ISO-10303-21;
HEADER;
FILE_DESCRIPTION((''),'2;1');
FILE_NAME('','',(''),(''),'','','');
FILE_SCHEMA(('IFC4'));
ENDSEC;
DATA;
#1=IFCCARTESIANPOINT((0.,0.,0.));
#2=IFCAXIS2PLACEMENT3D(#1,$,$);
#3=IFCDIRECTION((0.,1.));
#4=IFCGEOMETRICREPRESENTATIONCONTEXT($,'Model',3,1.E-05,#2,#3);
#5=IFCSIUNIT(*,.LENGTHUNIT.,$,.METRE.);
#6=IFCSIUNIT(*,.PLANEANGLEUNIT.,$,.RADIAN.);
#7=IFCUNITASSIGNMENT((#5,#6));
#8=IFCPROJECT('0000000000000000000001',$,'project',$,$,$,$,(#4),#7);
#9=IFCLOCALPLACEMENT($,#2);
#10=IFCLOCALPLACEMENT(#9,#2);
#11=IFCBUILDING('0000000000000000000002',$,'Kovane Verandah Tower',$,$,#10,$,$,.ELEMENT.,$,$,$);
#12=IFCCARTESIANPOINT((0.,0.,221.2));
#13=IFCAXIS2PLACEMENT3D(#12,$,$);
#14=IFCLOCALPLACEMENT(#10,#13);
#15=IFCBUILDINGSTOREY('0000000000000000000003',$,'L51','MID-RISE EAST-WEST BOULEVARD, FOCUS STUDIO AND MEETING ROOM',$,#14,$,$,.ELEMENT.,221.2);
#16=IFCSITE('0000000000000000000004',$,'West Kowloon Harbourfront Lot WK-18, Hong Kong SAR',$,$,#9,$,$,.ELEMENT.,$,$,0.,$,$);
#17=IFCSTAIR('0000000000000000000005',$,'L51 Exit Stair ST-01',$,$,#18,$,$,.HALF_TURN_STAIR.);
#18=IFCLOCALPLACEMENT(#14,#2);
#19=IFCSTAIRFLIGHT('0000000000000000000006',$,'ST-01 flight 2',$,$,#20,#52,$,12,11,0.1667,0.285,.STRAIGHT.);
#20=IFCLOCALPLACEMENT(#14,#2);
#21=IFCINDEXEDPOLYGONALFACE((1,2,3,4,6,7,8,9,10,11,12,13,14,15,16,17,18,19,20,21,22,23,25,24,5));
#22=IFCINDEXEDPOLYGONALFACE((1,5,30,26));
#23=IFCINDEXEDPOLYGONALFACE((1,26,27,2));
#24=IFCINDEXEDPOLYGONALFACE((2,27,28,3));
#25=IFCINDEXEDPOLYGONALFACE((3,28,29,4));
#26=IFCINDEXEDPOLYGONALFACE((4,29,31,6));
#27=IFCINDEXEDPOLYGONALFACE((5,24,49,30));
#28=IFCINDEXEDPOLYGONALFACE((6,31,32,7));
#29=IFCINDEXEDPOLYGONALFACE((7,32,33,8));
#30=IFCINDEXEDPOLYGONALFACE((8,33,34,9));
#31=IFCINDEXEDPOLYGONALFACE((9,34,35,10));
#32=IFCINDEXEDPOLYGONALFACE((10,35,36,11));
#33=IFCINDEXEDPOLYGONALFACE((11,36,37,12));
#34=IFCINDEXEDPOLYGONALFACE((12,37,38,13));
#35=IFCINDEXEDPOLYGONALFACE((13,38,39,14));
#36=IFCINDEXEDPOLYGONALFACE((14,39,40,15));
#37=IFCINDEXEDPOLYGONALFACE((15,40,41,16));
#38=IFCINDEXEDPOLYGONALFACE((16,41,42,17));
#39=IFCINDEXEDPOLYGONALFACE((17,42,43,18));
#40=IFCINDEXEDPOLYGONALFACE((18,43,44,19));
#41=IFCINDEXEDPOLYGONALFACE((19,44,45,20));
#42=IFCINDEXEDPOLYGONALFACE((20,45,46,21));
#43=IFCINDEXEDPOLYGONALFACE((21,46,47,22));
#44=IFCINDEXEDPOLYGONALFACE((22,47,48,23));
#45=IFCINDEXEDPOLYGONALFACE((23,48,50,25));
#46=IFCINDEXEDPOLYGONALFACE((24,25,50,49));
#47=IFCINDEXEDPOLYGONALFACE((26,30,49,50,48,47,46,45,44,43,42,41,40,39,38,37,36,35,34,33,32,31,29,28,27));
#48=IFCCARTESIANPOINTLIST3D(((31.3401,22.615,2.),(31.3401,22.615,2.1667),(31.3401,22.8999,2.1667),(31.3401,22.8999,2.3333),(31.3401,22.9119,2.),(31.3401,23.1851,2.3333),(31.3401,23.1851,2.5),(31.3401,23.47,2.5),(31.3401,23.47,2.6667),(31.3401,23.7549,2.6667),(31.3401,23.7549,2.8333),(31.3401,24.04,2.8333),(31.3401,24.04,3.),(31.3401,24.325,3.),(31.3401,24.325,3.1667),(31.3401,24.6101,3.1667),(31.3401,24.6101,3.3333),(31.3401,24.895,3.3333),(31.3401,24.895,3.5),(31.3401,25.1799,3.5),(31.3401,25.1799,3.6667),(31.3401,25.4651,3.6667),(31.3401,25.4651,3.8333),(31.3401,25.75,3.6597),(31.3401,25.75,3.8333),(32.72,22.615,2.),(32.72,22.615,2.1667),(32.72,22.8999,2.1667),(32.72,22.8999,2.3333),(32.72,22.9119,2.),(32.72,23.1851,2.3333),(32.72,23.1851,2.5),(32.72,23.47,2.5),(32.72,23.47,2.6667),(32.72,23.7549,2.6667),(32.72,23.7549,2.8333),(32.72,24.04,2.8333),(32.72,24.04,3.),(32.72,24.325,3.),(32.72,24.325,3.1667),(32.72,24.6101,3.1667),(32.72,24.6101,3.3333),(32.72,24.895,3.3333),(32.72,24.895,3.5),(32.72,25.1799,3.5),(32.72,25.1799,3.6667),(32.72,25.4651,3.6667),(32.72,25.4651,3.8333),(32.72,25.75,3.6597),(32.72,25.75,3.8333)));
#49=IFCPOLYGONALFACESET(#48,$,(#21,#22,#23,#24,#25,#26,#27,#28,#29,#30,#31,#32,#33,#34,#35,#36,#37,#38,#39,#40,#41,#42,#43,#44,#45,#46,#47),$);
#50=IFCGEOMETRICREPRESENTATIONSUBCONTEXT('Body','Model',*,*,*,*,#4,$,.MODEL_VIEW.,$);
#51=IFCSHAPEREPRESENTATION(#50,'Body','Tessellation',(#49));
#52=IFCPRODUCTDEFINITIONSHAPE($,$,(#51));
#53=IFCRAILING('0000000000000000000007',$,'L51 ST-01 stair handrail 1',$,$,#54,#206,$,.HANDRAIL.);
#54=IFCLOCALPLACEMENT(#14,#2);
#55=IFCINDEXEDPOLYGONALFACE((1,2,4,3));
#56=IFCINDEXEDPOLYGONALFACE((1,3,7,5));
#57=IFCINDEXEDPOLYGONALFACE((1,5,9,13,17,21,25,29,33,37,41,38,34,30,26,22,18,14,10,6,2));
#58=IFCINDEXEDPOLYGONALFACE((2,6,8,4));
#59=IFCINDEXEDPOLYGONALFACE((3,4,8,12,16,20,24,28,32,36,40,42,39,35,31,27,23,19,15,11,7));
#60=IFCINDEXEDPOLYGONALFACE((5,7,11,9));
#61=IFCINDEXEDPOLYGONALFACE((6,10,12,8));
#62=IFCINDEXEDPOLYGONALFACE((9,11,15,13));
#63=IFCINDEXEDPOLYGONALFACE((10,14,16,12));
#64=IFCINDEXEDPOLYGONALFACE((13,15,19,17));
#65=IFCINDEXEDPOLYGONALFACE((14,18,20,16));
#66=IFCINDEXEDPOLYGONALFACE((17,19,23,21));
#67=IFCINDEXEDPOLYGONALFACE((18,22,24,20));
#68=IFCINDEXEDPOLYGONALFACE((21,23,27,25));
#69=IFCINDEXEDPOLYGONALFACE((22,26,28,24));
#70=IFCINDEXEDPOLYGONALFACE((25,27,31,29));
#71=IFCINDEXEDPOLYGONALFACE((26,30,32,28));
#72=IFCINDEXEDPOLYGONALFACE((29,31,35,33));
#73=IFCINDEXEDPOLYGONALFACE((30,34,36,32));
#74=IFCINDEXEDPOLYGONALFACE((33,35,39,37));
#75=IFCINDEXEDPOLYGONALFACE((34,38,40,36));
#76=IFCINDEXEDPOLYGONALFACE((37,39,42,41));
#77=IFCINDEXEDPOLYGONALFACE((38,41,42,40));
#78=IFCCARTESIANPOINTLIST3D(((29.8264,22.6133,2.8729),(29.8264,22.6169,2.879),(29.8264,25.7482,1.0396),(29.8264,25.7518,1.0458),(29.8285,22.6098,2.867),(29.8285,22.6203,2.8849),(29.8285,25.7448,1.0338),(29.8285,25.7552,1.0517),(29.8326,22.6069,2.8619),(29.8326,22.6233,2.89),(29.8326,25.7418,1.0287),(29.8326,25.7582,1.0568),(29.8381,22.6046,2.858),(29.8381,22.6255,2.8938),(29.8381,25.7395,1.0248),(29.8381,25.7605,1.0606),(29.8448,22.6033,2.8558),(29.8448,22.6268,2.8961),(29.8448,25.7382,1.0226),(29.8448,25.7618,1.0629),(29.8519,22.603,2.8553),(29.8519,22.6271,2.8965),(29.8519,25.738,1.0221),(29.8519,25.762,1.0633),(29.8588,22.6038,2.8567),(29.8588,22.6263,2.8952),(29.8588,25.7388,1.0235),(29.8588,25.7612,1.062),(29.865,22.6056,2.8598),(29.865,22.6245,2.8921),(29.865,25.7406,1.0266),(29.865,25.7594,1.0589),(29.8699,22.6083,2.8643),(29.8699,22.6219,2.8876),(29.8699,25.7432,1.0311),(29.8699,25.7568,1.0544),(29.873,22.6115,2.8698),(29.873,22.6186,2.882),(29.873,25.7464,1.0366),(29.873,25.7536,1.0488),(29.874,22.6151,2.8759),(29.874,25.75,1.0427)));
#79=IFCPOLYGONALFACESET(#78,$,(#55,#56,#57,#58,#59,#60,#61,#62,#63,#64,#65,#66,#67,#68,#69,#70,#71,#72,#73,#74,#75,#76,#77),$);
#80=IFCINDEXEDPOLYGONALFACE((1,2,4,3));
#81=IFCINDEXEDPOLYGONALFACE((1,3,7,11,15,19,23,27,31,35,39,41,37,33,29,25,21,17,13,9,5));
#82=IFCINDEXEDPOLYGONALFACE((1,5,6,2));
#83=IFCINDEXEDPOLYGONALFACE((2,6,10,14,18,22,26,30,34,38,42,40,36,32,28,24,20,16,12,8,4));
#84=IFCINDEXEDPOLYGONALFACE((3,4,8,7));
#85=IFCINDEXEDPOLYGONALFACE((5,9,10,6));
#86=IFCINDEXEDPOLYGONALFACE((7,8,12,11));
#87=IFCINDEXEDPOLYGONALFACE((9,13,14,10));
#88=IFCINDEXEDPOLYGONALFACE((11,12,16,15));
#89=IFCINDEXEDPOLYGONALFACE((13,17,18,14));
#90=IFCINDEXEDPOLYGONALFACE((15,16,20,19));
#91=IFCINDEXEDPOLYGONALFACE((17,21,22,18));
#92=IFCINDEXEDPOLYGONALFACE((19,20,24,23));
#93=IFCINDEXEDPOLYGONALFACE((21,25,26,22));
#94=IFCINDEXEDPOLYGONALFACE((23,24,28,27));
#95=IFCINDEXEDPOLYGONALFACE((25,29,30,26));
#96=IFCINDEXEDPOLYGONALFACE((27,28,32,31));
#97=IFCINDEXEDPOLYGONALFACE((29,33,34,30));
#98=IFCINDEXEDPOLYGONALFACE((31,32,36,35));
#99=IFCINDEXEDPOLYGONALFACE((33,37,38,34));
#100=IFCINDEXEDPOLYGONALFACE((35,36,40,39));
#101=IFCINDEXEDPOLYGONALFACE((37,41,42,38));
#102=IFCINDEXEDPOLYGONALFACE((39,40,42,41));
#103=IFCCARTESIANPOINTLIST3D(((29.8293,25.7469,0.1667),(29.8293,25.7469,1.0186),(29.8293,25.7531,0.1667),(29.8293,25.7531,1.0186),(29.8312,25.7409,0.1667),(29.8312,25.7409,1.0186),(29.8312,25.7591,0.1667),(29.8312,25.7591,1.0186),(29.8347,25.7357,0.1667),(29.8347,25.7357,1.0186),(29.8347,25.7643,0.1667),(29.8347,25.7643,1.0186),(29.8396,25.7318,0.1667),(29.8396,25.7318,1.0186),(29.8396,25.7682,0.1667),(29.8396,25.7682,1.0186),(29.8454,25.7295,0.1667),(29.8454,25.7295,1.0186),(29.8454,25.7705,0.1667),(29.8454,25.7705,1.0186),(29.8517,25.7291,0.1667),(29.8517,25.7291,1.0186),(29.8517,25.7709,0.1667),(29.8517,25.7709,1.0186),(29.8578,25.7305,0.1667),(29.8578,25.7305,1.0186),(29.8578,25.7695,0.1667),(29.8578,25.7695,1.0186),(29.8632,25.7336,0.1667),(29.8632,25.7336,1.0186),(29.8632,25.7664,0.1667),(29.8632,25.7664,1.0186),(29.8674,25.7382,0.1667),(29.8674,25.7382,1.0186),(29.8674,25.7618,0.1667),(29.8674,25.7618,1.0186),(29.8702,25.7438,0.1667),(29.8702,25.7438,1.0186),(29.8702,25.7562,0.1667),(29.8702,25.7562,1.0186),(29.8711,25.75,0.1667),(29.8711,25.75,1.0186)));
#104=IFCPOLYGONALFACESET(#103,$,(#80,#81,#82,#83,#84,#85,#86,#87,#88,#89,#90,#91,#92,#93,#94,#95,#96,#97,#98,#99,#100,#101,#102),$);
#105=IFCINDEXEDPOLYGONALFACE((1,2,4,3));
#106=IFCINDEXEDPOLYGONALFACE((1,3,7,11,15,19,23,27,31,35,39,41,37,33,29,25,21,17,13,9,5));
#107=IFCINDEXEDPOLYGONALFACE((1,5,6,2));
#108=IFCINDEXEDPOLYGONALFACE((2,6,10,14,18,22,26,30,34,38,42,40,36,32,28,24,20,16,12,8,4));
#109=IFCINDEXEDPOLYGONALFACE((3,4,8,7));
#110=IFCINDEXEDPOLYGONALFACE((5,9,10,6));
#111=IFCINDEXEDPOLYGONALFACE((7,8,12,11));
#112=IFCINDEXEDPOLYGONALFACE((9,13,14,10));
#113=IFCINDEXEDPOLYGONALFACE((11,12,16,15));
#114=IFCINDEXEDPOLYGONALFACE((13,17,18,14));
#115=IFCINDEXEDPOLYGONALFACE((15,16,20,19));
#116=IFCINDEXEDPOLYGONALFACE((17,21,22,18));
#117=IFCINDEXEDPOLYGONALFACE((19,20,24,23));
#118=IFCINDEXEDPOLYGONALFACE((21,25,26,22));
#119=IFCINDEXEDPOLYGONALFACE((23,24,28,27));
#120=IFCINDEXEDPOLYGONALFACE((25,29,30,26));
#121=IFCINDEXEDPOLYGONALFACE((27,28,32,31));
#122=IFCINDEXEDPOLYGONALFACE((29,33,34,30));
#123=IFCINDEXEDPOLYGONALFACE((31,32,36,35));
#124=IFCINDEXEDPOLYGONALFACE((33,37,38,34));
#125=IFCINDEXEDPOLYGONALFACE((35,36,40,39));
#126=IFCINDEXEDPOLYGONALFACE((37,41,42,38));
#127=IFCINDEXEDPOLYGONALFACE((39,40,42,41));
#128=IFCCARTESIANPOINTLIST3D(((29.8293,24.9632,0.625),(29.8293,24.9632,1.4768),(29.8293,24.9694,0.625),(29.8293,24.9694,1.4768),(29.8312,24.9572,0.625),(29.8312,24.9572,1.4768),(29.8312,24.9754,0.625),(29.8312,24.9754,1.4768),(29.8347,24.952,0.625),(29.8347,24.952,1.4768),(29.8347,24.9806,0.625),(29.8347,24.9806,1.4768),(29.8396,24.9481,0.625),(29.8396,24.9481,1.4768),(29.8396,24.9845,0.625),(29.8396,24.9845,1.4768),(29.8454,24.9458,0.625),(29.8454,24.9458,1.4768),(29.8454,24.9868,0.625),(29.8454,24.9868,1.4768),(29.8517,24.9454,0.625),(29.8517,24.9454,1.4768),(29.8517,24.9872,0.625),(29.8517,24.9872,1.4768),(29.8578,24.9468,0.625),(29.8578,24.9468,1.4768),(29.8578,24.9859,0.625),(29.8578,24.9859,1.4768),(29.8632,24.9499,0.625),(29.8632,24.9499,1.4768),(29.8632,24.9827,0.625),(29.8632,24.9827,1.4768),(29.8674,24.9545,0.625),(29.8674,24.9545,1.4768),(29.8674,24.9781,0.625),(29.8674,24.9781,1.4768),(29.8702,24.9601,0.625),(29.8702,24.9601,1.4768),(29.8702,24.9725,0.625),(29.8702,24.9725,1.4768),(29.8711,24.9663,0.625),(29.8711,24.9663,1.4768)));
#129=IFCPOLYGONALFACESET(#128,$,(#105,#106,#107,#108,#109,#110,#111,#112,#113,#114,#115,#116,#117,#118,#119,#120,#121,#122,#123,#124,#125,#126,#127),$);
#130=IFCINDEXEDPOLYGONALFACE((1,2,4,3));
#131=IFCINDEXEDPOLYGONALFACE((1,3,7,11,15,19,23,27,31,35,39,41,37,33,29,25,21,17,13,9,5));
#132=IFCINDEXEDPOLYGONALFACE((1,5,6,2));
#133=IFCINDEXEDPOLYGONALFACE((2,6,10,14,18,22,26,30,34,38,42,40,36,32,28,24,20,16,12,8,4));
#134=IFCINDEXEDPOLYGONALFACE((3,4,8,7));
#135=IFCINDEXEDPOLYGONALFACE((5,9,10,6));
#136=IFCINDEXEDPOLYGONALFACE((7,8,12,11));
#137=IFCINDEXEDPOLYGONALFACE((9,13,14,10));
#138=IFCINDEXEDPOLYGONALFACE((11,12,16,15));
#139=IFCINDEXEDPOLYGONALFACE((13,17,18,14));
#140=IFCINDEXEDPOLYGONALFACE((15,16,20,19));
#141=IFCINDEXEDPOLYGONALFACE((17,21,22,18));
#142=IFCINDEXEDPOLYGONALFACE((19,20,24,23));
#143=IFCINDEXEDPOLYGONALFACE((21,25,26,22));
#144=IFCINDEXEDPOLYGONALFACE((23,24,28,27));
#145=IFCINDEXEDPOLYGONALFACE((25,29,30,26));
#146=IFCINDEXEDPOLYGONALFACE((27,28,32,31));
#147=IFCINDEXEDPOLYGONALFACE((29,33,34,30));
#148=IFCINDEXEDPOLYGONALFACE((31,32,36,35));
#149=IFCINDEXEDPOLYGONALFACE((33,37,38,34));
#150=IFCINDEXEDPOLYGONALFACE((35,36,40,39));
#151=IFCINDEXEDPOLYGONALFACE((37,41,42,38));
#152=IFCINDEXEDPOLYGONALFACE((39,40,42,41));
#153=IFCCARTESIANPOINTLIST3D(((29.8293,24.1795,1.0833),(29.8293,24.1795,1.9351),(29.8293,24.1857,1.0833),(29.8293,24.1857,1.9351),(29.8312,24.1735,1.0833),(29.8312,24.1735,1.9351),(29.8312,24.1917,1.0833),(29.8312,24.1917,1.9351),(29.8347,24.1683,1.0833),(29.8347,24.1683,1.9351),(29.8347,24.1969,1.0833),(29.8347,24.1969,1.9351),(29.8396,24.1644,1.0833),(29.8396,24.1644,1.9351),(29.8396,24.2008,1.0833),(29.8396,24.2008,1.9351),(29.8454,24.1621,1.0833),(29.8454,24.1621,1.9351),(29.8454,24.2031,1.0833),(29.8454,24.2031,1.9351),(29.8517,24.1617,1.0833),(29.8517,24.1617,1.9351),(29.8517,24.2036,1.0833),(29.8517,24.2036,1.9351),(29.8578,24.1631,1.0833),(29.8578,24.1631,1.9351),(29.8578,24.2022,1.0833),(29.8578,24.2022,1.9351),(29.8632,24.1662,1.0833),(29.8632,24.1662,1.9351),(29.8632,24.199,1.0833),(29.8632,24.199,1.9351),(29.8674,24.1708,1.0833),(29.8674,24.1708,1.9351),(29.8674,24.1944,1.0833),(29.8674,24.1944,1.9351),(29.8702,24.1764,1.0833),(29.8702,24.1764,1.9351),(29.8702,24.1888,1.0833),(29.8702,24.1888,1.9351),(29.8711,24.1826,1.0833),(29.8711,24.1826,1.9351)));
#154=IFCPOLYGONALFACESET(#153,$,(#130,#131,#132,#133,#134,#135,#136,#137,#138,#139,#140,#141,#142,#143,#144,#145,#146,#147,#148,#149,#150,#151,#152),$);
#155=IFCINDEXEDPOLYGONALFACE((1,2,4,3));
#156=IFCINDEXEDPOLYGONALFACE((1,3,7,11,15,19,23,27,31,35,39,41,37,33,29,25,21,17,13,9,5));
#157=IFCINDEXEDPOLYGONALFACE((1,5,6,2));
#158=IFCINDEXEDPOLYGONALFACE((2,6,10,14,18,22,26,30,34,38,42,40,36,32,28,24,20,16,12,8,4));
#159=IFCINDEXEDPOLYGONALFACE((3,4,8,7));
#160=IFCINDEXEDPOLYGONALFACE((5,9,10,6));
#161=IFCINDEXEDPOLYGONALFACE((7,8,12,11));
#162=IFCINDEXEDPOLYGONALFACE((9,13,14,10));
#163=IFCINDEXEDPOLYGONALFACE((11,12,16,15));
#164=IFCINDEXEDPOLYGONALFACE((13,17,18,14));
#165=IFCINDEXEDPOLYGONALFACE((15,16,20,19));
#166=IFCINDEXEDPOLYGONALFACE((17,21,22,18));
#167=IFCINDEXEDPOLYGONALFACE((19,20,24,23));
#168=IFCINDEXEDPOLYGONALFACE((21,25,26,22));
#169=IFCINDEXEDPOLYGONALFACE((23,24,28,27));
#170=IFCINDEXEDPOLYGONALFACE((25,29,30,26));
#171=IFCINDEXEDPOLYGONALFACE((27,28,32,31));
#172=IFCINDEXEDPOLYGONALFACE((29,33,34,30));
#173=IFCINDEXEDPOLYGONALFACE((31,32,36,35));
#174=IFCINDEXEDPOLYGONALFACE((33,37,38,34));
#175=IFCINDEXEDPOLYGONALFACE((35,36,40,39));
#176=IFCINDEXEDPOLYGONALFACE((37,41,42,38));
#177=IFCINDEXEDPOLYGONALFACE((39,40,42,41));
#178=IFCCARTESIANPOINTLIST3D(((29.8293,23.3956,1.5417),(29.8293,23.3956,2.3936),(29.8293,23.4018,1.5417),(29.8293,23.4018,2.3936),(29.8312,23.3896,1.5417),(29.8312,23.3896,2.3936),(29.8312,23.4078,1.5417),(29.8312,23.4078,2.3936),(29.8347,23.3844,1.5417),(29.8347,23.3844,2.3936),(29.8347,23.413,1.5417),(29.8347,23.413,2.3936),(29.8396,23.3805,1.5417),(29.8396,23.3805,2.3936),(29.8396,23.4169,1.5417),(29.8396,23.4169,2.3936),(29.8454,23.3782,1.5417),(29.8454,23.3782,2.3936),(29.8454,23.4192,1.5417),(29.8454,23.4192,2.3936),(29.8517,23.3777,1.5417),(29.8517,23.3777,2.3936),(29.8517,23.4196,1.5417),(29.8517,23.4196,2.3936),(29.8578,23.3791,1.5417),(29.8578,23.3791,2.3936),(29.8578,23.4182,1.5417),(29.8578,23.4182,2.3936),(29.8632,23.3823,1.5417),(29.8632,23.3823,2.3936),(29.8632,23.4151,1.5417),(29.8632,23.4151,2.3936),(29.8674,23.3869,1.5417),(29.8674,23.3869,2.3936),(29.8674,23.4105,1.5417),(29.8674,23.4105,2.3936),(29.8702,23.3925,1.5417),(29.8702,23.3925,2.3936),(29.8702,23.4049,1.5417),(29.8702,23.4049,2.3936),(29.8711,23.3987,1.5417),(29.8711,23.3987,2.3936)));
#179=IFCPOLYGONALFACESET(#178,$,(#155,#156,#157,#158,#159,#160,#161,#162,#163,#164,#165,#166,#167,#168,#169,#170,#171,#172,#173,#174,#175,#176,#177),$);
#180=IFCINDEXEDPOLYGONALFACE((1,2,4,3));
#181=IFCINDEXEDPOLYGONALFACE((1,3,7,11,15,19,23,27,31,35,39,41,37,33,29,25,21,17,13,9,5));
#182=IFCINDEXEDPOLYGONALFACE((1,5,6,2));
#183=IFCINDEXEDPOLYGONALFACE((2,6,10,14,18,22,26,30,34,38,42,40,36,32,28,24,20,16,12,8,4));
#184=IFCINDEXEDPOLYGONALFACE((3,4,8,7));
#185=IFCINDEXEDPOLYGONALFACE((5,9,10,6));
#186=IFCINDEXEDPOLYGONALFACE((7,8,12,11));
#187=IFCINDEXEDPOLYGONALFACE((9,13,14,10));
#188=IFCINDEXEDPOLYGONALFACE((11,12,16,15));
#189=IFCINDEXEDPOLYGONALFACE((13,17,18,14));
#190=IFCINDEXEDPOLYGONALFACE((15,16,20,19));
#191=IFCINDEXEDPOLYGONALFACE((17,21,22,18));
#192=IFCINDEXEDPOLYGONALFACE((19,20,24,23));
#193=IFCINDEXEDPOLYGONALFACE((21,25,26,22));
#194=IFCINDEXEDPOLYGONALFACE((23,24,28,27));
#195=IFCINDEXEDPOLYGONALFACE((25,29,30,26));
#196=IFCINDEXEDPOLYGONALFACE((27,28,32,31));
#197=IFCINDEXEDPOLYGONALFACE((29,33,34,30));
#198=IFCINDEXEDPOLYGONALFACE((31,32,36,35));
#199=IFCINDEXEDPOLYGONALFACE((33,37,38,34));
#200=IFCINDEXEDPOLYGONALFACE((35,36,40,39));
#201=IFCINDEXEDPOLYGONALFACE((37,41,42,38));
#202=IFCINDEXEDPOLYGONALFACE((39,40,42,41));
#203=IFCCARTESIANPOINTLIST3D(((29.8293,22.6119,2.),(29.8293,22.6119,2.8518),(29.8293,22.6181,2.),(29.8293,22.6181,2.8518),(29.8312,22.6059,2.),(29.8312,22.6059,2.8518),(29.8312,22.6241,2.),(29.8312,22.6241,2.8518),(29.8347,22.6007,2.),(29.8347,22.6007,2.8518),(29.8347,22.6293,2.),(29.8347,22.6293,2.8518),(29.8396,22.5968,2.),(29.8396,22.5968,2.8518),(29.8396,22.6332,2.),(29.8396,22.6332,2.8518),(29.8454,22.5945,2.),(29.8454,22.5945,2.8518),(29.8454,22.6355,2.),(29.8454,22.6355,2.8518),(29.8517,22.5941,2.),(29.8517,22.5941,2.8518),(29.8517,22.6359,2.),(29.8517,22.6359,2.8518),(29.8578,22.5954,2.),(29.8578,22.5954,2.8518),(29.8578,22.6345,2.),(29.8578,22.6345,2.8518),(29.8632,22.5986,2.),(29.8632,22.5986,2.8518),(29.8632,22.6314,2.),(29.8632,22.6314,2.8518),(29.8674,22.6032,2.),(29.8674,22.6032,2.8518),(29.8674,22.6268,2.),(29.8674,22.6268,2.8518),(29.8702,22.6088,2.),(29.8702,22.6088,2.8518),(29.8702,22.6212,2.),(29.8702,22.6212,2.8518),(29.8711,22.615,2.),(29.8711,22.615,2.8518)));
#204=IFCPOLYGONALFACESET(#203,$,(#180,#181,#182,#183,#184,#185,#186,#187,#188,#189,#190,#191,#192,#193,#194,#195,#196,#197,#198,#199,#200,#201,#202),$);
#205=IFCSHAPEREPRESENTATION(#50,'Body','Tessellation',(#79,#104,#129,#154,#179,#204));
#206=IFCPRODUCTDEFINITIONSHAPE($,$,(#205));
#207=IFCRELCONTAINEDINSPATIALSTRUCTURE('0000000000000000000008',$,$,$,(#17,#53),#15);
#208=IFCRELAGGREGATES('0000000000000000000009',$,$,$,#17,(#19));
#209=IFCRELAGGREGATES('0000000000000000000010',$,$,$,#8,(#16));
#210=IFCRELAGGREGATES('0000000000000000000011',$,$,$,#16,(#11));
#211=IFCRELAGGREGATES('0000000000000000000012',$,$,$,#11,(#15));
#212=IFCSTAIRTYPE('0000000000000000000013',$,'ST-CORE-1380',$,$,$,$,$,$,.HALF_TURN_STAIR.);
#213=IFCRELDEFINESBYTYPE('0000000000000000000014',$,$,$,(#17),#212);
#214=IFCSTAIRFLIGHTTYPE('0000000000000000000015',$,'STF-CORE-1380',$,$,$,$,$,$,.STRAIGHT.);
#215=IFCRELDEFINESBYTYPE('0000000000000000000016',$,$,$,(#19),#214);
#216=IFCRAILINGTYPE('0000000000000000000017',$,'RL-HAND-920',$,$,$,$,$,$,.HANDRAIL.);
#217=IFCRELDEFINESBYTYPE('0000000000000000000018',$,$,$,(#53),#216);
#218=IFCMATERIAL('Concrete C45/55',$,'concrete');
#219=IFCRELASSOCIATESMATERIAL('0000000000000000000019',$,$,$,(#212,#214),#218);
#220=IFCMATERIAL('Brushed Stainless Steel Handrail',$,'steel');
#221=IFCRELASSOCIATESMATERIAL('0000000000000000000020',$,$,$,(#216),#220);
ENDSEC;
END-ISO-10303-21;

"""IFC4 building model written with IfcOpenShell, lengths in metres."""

from ifc_helpers import new_model, si_unit, direction, frame, origin, origin_2d, place, context, subcontext, project, spatial, polyline, circle, outline, extrude, material, type_object, element, aggregate, save


model = new_model("IFC4")

# Units and contexts
model_context = context("Model", 3, precision=1e-05, world=origin(), true_north=direction((0.0, 1.0)))
body_context = subcontext(model_context, "Body", "Model", "MODEL_VIEW")
ifc_project = project(units=[si_unit("LENGTHUNIT", "METRE"), si_unit("PLANEANGLEUNIT", "RADIAN")], contexts=[model_context])

# Site, building, storey
site_placement = place(None, origin())
site = spatial("IfcSite", under=ifc_project, at=site_placement, Name="West Kowloon Harbourfront Lot WK-18, Hong Kong SAR", CompositionType="ELEMENT", RefElevation=0.0)
building_placement = place(site_placement, origin())
building = spatial("IfcBuilding", under=site, at=building_placement, Name="Kovane Verandah Tower", CompositionType="ELEMENT")
storey_placement = place(building_placement, frame((0.0, 0.0, 221.2)))
storey = spatial("IfcBuildingStorey", under=building, at=storey_placement, Name="L51", Description="MID-RISE EAST-WEST BOULEVARD, FOCUS STUDIO AND MEETING ROOM", CompositionType="ELEMENT", Elevation=221.2)

# Shared definitions
ifc_material_1 = material(Name="Concrete C45/55", Category="concrete")

# Stair, stair flight
stair_type = type_object("IfcStairType", Name="ST-CORE-1380", PredefinedType="HALF_TURN_STAIR", material=ifc_material_1)
stair_placement = place(storey_placement, origin())
stair = element("IfcStair", 1, at=stair_placement, inside=storey, type_object=stair_type, Name="L51 Exit Stair ST-01", PredefinedType="HALF_TURN_STAIR")
stair_flight_type = type_object("IfcStairFlightType", Name="STF-CORE-1380", PredefinedType="STRAIGHT", material=ifc_material_1)
stair_flight_1_placement = place(storey_placement, frame((32.03, 22.615, 2.0), z_axis=(0.0, 0.0, 1.0), x_axis=(0.0, 1.0, 0.0)))
stair_flight_1 = element("IfcStairFlight", 2, at=stair_flight_1_placement, type_object=stair_flight_type, Name="ST-01 flight 2", NumberOfRisers=12, NumberOfTreads=11, PredefinedType="STRAIGHT", RiserHeight=0.1667, TreadLength=0.285, context=body_context, shape_type="SweptSolid", body=[
    extrude(outline(polyline([(0.0, 0.0), (0.0, 0.1667), (0.2849, 0.1667), (0.2849, 0.3333), (0.5701, 0.3333), (0.5701, 0.5), (0.855, 0.5), (0.855, 0.6667), (1.1399, 0.6667), (1.1399, 0.8333), (1.425, 0.8333), (1.425, 1.0), (1.71, 1.0), (1.71, 1.1667), (1.9951, 1.1667), (1.9951, 1.3333), (2.28, 1.3333), (2.28, 1.5), (2.5649, 1.5), (2.5649, 1.6667), (2.8501, 1.6667), (2.8501, 1.8333), (3.135, 1.8333), (3.135, 2.0), (3.135, 1.6597), (0.2969, 0.0), (0.0, 0.0)])), frame((0.0, 0.6899, 0.0), z_axis=(0.0, -1.0, 0.0), x_axis=(1.0, 0.0, 0.0)), (0.0, 0.0, 1.0), 1.3799),
])
aggregate(stair, [stair_flight_1])

# Railing
ifc_material_2 = material(Name="Brushed Stainless Steel Handrail", Category="steel")
railing_type_1 = type_object("IfcRailingType", Name="RL-HAND-920", PredefinedType="HANDRAIL", material=ifc_material_2)
railing_1_placement = place(storey_placement, frame((29.8501, 25.75, 0.1667)))
element("IfcRailing", 3, at=railing_1_placement, inside=storey, type_object=railing_type_1, Name="L51 ST-01 stair handrail 1", PredefinedType="HANDRAIL", context=body_context, shape_type="SweptSolid", body=[
    extrude(circle(Radius=0.0239, at=origin_2d()), frame((0.0, 0.0, 0.876), z_axis=(0.0, -0.86324, 0.504794), x_axis=(1.0, 0.0, 0.0)), (0.0, 0.0, 1.0), 3.6316),
    extrude(circle(Radius=0.021, at=origin_2d()), origin(), (0.0, 0.0, 1.0), 0.8518),
    extrude(circle(Radius=0.021, at=origin_2d()), frame((0.0, -0.7837, 0.4583)), (0.0, 0.0, 1.0), 0.8518),
    extrude(circle(Radius=0.021, at=origin_2d()), frame((0.0, -1.5674, 0.9165)), (0.0, 0.0, 1.0), 0.8518),
    extrude(circle(Radius=0.021, at=origin_2d()), frame((0.0, -2.3513, 1.375)), (0.0, 0.0, 1.0), 0.8518),
    extrude(circle(Radius=0.021, at=origin_2d()), frame((0.0, -3.135, 1.8333)), (0.0, 0.0, 1.0), 0.8518),
])

save(model, "model.ifc")
